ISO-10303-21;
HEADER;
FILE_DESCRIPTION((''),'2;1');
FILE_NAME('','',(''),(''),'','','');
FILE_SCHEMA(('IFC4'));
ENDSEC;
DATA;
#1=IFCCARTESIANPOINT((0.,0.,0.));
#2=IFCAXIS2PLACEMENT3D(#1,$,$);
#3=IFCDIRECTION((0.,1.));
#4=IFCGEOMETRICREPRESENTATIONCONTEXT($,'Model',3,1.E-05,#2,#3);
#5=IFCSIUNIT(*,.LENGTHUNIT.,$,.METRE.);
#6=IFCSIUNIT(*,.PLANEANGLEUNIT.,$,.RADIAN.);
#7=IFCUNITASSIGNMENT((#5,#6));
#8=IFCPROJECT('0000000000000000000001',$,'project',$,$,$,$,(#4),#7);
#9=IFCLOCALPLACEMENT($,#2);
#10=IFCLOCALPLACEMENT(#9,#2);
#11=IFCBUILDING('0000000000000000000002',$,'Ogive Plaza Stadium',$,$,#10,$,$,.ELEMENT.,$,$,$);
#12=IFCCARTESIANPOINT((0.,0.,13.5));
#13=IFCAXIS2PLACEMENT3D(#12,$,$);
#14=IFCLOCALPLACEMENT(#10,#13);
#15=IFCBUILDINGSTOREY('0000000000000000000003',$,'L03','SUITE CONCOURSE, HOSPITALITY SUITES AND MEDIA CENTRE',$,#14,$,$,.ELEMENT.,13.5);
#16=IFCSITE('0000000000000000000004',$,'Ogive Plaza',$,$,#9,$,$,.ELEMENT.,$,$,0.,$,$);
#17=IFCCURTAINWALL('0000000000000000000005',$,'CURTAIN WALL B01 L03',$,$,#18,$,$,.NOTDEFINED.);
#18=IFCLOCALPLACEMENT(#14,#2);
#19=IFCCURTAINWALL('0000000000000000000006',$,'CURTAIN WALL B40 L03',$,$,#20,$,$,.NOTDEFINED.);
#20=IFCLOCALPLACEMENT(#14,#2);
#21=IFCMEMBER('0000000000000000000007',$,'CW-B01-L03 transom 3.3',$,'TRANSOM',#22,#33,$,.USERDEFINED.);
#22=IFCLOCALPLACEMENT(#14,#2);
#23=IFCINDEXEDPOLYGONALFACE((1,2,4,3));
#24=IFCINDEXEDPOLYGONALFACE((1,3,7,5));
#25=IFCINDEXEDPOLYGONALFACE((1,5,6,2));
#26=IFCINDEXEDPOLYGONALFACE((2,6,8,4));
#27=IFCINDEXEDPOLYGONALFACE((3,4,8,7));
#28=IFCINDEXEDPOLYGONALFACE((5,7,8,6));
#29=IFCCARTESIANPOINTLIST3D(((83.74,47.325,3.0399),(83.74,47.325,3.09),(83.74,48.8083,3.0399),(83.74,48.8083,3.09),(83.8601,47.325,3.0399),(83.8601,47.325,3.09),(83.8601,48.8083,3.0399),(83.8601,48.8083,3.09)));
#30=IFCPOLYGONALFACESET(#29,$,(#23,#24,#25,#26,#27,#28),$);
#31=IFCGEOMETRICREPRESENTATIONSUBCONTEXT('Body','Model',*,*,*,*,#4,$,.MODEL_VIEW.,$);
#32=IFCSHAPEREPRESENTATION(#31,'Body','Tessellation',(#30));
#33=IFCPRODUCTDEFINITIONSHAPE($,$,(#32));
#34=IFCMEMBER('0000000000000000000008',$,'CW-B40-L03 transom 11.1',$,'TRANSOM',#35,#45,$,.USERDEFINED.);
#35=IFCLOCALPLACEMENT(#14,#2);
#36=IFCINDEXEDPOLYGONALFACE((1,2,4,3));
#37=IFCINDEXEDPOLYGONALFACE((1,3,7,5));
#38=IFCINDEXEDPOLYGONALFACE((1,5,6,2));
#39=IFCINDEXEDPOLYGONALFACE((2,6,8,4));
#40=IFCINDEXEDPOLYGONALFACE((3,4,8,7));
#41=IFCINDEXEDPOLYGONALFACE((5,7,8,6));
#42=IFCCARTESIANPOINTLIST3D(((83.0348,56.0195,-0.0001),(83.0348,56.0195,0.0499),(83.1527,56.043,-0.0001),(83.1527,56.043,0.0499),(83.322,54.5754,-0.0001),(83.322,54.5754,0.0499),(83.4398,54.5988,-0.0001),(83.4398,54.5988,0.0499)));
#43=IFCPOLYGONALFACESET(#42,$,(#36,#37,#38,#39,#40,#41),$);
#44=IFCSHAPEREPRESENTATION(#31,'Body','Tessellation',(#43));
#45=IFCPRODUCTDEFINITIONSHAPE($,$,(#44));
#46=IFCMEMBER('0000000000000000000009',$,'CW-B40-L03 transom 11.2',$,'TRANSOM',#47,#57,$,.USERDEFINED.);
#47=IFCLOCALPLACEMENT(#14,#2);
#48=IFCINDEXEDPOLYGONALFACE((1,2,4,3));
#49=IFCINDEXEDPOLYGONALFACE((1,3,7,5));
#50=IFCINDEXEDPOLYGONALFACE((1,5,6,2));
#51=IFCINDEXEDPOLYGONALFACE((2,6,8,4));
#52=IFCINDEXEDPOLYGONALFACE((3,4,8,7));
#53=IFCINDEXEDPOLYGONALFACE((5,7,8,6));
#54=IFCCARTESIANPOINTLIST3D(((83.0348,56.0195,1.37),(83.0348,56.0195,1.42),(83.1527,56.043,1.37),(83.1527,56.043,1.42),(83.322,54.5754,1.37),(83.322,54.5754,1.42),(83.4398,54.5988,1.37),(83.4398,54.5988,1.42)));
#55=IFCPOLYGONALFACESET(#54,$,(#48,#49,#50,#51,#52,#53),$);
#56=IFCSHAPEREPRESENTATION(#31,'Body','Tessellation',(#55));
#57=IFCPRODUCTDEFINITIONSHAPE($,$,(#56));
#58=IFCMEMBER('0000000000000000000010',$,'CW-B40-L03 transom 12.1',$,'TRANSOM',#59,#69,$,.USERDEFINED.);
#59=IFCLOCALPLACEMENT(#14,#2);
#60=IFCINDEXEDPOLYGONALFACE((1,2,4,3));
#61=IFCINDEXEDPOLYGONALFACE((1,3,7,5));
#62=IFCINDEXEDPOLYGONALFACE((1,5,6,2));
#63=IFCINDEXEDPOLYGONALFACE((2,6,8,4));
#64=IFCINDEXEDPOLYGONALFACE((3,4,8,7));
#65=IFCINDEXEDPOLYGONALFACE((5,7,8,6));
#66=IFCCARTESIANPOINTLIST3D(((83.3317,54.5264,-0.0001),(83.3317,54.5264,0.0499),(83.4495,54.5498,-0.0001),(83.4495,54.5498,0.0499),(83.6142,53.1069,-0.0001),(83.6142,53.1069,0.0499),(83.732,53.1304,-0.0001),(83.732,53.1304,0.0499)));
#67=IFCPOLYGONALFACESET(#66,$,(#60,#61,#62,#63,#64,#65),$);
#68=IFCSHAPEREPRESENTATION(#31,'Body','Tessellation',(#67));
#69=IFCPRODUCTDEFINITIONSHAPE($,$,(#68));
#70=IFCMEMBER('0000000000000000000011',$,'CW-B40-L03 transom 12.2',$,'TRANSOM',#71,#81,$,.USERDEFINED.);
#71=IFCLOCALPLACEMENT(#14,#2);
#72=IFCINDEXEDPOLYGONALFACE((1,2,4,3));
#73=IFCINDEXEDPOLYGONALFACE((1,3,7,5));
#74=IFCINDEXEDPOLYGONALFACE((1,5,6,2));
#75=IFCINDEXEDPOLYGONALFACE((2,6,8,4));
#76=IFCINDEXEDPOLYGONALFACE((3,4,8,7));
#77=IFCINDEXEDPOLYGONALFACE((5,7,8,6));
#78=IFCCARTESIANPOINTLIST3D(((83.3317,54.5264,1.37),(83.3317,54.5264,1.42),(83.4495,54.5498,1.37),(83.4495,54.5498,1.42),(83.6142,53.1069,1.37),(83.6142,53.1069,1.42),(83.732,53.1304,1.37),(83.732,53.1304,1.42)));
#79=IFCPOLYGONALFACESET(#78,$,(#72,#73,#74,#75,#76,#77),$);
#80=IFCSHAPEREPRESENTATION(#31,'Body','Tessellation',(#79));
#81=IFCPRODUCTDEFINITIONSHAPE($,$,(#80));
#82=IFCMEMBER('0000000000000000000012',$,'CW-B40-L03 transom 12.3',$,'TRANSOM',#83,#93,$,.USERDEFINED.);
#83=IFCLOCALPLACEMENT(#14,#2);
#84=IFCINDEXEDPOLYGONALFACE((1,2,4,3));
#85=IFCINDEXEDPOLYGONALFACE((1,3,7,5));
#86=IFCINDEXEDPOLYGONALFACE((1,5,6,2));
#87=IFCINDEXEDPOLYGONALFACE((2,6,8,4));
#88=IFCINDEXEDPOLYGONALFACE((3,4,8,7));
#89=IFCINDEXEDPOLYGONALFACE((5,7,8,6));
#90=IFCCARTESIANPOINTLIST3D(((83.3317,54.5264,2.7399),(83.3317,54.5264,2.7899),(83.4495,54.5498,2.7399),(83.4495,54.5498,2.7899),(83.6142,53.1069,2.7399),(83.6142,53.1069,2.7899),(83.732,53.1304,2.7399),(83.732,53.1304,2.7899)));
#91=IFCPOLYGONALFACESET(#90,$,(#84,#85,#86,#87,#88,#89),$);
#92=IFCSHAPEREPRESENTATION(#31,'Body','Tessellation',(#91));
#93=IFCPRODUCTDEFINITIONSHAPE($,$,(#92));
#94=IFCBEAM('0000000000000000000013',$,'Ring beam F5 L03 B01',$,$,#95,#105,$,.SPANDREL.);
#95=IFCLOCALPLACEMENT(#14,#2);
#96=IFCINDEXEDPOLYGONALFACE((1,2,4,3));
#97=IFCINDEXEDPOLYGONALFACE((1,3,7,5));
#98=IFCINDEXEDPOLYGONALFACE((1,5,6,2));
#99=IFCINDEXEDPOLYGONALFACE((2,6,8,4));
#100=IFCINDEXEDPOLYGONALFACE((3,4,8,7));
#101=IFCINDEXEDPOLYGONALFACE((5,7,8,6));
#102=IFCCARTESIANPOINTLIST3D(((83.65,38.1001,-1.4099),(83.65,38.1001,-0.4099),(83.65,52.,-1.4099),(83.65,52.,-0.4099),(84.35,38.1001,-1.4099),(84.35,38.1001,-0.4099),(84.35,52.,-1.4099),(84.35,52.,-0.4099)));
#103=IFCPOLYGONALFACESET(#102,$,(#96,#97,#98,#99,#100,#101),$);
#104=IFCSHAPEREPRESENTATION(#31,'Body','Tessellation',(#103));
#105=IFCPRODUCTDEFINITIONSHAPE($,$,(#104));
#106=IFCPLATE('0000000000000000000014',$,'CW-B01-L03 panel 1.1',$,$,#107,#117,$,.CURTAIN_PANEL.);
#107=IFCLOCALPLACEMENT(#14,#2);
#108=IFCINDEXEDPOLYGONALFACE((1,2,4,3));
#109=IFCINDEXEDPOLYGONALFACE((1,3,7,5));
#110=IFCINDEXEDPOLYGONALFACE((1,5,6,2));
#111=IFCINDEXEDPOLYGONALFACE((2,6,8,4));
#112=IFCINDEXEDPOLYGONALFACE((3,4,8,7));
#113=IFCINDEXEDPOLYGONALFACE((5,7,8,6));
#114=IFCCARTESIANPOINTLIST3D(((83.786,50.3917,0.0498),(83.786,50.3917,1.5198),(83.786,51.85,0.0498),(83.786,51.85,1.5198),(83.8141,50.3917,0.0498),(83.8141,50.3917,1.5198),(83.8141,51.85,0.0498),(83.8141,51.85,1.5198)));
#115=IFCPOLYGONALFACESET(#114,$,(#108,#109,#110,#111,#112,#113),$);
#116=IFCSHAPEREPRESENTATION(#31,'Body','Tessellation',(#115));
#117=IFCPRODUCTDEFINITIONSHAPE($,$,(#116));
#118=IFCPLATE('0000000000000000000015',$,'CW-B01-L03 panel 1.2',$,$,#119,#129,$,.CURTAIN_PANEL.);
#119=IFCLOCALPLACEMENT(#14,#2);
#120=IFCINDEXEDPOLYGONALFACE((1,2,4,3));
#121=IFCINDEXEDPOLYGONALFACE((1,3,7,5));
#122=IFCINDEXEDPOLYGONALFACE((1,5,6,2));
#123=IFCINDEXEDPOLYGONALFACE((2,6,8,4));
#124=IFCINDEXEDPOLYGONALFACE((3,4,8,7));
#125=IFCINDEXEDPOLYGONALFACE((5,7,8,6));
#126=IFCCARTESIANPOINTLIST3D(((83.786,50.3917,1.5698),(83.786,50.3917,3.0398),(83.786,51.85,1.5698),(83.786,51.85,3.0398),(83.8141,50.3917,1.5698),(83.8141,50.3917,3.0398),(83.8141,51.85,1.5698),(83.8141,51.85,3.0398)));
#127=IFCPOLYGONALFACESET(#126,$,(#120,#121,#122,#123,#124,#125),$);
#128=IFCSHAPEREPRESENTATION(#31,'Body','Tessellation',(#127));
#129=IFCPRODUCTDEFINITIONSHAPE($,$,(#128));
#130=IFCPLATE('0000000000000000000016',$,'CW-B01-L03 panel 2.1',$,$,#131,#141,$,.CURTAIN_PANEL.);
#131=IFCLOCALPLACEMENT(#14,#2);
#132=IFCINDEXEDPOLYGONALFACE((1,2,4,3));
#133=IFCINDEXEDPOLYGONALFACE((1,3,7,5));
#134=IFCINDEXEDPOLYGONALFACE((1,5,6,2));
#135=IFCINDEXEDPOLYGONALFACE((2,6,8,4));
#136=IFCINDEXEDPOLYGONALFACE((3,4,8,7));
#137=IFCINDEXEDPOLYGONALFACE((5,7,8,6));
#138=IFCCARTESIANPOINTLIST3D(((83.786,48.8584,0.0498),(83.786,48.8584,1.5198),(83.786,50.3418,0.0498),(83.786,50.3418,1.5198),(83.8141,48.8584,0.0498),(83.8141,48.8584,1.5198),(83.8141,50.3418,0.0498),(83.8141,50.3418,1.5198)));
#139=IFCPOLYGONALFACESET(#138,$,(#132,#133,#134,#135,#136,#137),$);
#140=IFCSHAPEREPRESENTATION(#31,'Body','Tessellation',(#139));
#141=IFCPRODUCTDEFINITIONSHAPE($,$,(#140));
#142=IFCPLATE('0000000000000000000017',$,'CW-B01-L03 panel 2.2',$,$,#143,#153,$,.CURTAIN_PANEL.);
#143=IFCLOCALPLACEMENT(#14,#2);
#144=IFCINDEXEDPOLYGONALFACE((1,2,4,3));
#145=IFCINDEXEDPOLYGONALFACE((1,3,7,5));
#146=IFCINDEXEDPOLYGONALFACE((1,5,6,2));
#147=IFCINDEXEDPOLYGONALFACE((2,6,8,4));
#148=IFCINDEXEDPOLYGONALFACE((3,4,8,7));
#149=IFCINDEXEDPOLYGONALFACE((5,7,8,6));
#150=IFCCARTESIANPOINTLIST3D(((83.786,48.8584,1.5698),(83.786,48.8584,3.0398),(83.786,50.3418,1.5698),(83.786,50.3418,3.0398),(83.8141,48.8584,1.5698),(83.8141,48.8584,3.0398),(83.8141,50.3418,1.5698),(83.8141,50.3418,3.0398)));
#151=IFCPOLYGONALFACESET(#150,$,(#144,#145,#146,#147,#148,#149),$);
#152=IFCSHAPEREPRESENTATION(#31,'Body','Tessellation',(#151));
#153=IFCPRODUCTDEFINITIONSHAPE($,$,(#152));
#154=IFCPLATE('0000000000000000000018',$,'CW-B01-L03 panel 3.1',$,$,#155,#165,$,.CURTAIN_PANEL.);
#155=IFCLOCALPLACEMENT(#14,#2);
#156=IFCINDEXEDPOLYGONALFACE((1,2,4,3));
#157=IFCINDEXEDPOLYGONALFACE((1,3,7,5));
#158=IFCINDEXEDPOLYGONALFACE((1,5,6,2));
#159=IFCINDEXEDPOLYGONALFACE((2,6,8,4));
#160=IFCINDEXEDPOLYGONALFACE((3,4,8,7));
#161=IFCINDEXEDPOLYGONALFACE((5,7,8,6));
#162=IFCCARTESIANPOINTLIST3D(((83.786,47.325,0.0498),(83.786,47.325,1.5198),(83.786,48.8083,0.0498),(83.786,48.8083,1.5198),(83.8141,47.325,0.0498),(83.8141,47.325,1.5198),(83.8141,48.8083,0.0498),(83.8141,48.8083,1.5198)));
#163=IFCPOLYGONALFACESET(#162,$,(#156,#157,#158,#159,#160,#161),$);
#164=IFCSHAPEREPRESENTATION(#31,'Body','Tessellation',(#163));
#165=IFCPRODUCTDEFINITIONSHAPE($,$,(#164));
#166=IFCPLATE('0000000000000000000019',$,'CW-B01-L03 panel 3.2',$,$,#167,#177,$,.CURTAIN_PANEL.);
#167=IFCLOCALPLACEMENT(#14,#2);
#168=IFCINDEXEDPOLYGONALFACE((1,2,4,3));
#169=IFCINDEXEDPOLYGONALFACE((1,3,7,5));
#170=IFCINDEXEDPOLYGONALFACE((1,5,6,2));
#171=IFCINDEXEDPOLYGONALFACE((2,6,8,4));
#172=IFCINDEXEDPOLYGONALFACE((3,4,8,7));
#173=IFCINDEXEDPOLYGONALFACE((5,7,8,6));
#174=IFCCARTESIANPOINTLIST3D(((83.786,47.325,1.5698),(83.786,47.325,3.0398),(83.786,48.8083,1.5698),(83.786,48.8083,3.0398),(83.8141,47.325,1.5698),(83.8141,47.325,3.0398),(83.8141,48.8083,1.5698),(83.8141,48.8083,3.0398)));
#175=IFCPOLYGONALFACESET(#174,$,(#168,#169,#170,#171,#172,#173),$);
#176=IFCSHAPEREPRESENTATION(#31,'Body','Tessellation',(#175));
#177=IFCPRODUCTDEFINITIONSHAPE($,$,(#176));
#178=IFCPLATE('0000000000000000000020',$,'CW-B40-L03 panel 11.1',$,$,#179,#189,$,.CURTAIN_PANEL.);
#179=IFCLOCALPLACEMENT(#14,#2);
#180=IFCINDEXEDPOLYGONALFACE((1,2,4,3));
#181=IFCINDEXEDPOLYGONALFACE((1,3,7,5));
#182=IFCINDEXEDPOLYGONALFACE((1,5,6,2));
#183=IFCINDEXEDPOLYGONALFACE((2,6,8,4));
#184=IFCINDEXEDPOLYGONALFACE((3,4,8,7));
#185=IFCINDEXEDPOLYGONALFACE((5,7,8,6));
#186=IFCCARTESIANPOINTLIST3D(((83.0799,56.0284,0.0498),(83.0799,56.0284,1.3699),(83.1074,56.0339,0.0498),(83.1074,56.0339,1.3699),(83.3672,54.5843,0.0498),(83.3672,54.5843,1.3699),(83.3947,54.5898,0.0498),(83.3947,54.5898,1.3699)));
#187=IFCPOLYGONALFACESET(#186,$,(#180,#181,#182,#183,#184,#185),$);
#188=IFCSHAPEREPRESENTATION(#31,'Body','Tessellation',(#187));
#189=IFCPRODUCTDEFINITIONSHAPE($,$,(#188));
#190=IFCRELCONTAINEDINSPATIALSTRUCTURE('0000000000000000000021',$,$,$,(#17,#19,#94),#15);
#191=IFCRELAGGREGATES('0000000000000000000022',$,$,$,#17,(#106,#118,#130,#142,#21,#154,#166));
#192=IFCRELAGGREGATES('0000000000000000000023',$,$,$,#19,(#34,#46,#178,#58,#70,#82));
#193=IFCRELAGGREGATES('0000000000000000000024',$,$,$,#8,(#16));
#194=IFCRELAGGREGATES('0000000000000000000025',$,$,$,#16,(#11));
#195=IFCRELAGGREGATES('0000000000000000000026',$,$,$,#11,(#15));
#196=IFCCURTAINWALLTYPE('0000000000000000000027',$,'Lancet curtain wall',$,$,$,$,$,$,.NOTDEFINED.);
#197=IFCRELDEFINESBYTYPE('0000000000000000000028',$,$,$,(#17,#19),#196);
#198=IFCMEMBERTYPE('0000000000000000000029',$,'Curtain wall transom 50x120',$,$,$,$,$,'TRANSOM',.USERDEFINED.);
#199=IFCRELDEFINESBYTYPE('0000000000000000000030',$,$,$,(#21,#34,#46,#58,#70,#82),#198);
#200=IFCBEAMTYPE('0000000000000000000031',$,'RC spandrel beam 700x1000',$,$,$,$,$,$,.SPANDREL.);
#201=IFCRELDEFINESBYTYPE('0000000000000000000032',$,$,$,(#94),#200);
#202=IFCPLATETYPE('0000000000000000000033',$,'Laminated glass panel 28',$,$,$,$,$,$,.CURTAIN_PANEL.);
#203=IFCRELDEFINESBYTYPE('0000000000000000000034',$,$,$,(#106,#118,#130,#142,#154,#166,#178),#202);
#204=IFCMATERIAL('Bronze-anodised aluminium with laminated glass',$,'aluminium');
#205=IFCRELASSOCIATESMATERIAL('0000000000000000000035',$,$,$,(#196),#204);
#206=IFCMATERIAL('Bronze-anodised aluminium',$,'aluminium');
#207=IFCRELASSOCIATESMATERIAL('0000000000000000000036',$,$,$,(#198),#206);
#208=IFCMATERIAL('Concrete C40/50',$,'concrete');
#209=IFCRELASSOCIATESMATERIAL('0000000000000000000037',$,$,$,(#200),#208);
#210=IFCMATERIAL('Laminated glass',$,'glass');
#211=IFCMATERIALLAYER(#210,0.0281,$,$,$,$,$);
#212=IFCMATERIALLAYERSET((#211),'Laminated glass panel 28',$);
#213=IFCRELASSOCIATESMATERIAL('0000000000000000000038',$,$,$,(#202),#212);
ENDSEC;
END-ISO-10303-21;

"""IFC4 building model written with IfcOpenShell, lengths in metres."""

from ifc_helpers import new_model, si_unit, direction, frame, origin, origin_2d, place, context, subcontext, project, spatial, rectangle, extrude, material, layer, layer_set, material_profile, profile_set, type_object, element, aggregate, save


model = new_model("IFC4")

# Units and contexts
model_context = context("Model", 3, precision=1e-05, world=origin(), true_north=direction((0.0, 1.0)))
body_context = subcontext(model_context, "Body", "Model", "MODEL_VIEW")
ifc_project = project(units=[si_unit("LENGTHUNIT", "METRE"), si_unit("PLANEANGLEUNIT", "RADIAN")], contexts=[model_context])

# Site, building, storey
site_placement = place(None, origin())
site = spatial("IfcSite", under=ifc_project, at=site_placement, Name="Ogive Plaza", CompositionType="ELEMENT", RefElevation=0.0)
building_placement = place(site_placement, origin())
building = spatial("IfcBuilding", under=site, at=building_placement, Name="Ogive Plaza Stadium", CompositionType="ELEMENT")
storey_placement = place(building_placement, frame((0.0, 0.0, 13.5)))
storey = spatial("IfcBuildingStorey", under=building, at=storey_placement, Name="L03", Description="SUITE CONCOURSE, HOSPITALITY SUITES AND MEDIA CENTRE", CompositionType="ELEMENT", Elevation=13.5)

# Curtain walls
ifc_material_1 = material(Name="Bronze-anodised aluminium with laminated glass", Category="aluminium")
curtain_wall_type = type_object("IfcCurtainWallType", Name="Lancet curtain wall", PredefinedType="NOTDEFINED", material=ifc_material_1)
curtain_wall_1_placement = place(storey_placement, origin())
curtain_wall_1 = element("IfcCurtainWall", 1, at=curtain_wall_1_placement, inside=storey, type_object=curtain_wall_type, Name="CURTAIN WALL B01 L03", PredefinedType="NOTDEFINED")
curtain_wall_2_placement = place(storey_placement, origin())
curtain_wall_2 = element("IfcCurtainWall", 2, at=curtain_wall_2_placement, inside=storey, type_object=curtain_wall_type, Name="CURTAIN WALL B40 L03", PredefinedType="NOTDEFINED")

# Members
ifc_material_2 = material(Name="Bronze-anodised aluminium", Category="aluminium")
ifc_material_profile_1 = material_profile(ifc_material_2, rectangle(XDim=0.1201, YDim=0.05, at=origin_2d()), Name="AL 120x50")
ifc_profile_set_1 = profile_set([ifc_material_profile_1], Name="Bronze-anodised aluminium")
member_type_1 = type_object("IfcMemberType", Name="Curtain wall transom 50x120", ElementType="TRANSOM", PredefinedType="USERDEFINED", material=ifc_profile_set_1)
member_1_placement = place(storey_placement, frame((83.8, 48.8083, 3.0649), z_axis=(0.0, -1.0, 0.0), x_axis=(1.0, 0.0, 0.0)))
member_1 = element("IfcMember", 3, at=member_1_placement, type_object=member_type_1, Name="CW-B01-L03 transom 3.3", ObjectType="TRANSOM", PredefinedType="USERDEFINED", context=body_context, shape_type="SweptSolid", body=[
    extrude(rectangle(XDim=0.1201, YDim=0.05, at=origin_2d()), origin(), (0.0, 0.0, 1.0), 1.4834),
])
member_2_placement = place(storey_placement, frame((83.0938, 56.0312, 0.0249), z_axis=(0.195, -0.980803, 0.0), x_axis=(0.980803, 0.195, 0.0)))
member_2 = element("IfcMember", 4, at=member_2_placement, type_object=member_type_1, Name="CW-B40-L03 transom 11.1", ObjectType="TRANSOM", PredefinedType="USERDEFINED", context=body_context, shape_type="SweptSolid", body=[
    extrude(rectangle(XDim=0.1201, YDim=0.05, at=origin_2d()), origin(), (0.0, 0.0, 1.0), 1.4724),
])
member_3_placement = place(storey_placement, frame((83.0938, 56.0312, 1.395), z_axis=(0.195, -0.980803, 0.0), x_axis=(0.980803, 0.195, 0.0)))
member_3 = element("IfcMember", 5, at=member_3_placement, type_object=member_type_1, Name="CW-B40-L03 transom 11.2", ObjectType="TRANSOM", PredefinedType="USERDEFINED", context=body_context, shape_type="SweptSolid", body=[
    extrude(rectangle(XDim=0.1201, YDim=0.05, at=origin_2d()), origin(), (0.0, 0.0, 1.0), 1.4724),
])
member_4_placement = place(storey_placement, frame((83.3906, 54.5381, 0.0249), z_axis=(0.195175, -0.980768, 0.0), x_axis=(0.980768, 0.195175, 0.0)))
member_4 = element("IfcMember", 6, at=member_4_placement, type_object=member_type_1, Name="CW-B40-L03 transom 12.1", ObjectType="TRANSOM", PredefinedType="USERDEFINED", context=body_context, shape_type="SweptSolid", body=[
    extrude(rectangle(XDim=0.1201, YDim=0.05, at=origin_2d()), origin(), (0.0, 0.0, 1.0), 1.4473),
])
member_5_placement = place(storey_placement, frame((83.3906, 54.5381, 1.395), z_axis=(0.195175, -0.980768, 0.0), x_axis=(0.980768, 0.195175, 0.0)))
member_5 = element("IfcMember", 7, at=member_5_placement, type_object=member_type_1, Name="CW-B40-L03 transom 12.2", ObjectType="TRANSOM", PredefinedType="USERDEFINED", context=body_context, shape_type="SweptSolid", body=[
    extrude(rectangle(XDim=0.1201, YDim=0.05, at=origin_2d()), origin(), (0.0, 0.0, 1.0), 1.4473),
])
member_6_placement = place(storey_placement, frame((83.3906, 54.5381, 2.7649), z_axis=(0.195175, -0.980768, 0.0), x_axis=(0.980768, 0.195175, 0.0)))
member_6 = element("IfcMember", 8, at=member_6_placement, type_object=member_type_1, Name="CW-B40-L03 transom 12.3", ObjectType="TRANSOM", PredefinedType="USERDEFINED", context=body_context, shape_type="SweptSolid", body=[
    extrude(rectangle(XDim=0.1201, YDim=0.05, at=origin_2d()), origin(), (0.0, 0.0, 1.0), 1.4473),
])

# Beam
ifc_material_3 = material(Name="Concrete C40/50", Category="concrete")
ifc_material_profile_2 = material_profile(ifc_material_3, rectangle(XDim=0.7, YDim=1.0, at=origin_2d()), Name="RC 700x1000")
ifc_profile_set_2 = profile_set([ifc_material_profile_2], Name="Concrete C40/50")
beam_type = type_object("IfcBeamType", Name="RC spandrel beam 700x1000", PredefinedType="SPANDREL", material=ifc_profile_set_2)
beam_placement = place(storey_placement, frame((84.0, 52.0, -0.9099), z_axis=(0.0, -1.0, 0.0), x_axis=(1.0, 0.0, 0.0)))
element("IfcBeam", 9, at=beam_placement, inside=storey, type_object=beam_type, Name="Ring beam F5 L03 B01", PredefinedType="SPANDREL", context=body_context, shape_type="SweptSolid", body=[
    extrude(rectangle(XDim=0.7, YDim=1.0, at=origin_2d()), origin(), (0.0, 0.0, 1.0), 13.8999),
])

# Plates
ifc_material_4 = material(Name="Laminated glass", Category="glass")
ifc_layer = layer(ifc_material_4, 0.0281)
ifc_layer_set = layer_set([ifc_layer], Name="Laminated glass panel 28")
plate_type = type_object("IfcPlateType", Name="Laminated glass panel 28", PredefinedType="CURTAIN_PANEL", material=ifc_layer_set)
plate_1_placement = place(storey_placement, frame((83.8, 51.1208, 0.0498), z_axis=(0.0, 0.0, 1.0), x_axis=(0.0, -1.0, 0.0)))
plate_1 = element("IfcPlate", 10, at=plate_1_placement, type_object=plate_type, Name="CW-B01-L03 panel 1.1", PredefinedType="CURTAIN_PANEL", context=body_context, shape_type="SweptSolid", body=[
    extrude(rectangle(XDim=1.4583, YDim=0.0281, at=origin_2d()), origin(), (0.0, 0.0, 1.0), 1.47),
])
plate_2_placement = place(storey_placement, frame((83.8, 51.1208, 1.5698), z_axis=(0.0, 0.0, 1.0), x_axis=(0.0, -1.0, 0.0)))
plate_2 = element("IfcPlate", 11, at=plate_2_placement, type_object=plate_type, Name="CW-B01-L03 panel 1.2", PredefinedType="CURTAIN_PANEL", context=body_context, shape_type="SweptSolid", body=[
    extrude(rectangle(XDim=1.4583, YDim=0.0281, at=origin_2d()), origin(), (0.0, 0.0, 1.0), 1.47),
])
plate_3_placement = place(storey_placement, frame((83.8, 49.6001, 0.0498), z_axis=(0.0, 0.0, 1.0), x_axis=(0.0, -1.0, 0.0)))
plate_3 = element("IfcPlate", 12, at=plate_3_placement, type_object=plate_type, Name="CW-B01-L03 panel 2.1", PredefinedType="CURTAIN_PANEL", context=body_context, shape_type="SweptSolid", body=[
    extrude(rectangle(XDim=1.4834, YDim=0.0281, at=origin_2d()), origin(), (0.0, 0.0, 1.0), 1.47),
])
plate_4_placement = place(storey_placement, frame((83.8, 49.6001, 1.5698), z_axis=(0.0, 0.0, 1.0), x_axis=(0.0, -1.0, 0.0)))
plate_4 = element("IfcPlate", 13, at=plate_4_placement, type_object=plate_type, Name="CW-B01-L03 panel 2.2", PredefinedType="CURTAIN_PANEL", context=body_context, shape_type="SweptSolid", body=[
    extrude(rectangle(XDim=1.4834, YDim=0.0281, at=origin_2d()), origin(), (0.0, 0.0, 1.0), 1.47),
])
plate_5_placement = place(storey_placement, frame((83.8, 48.0667, 0.0498), z_axis=(0.0, 0.0, 1.0), x_axis=(0.0, -1.0, 0.0)))
plate_5 = element("IfcPlate", 14, at=plate_5_placement, type_object=plate_type, Name="CW-B01-L03 panel 3.1", PredefinedType="CURTAIN_PANEL", context=body_context, shape_type="SweptSolid", body=[
    extrude(rectangle(XDim=1.4834, YDim=0.0281, at=origin_2d()), origin(), (0.0, 0.0, 1.0), 1.47),
])
plate_6_placement = place(storey_placement, frame((83.8, 48.0667, 1.5698), z_axis=(0.0, 0.0, 1.0), x_axis=(0.0, -1.0, 0.0)))
plate_6 = element("IfcPlate", 15, at=plate_6_placement, type_object=plate_type, Name="CW-B01-L03 panel 3.2", PredefinedType="CURTAIN_PANEL", context=body_context, shape_type="SweptSolid", body=[
    extrude(rectangle(XDim=1.4834, YDim=0.0281, at=origin_2d()), origin(), (0.0, 0.0, 1.0), 1.47),
])
aggregate(curtain_wall_1, [plate_1, plate_2, plate_3, plate_4, member_1, plate_5, plate_6])
plate_7_placement = place(storey_placement, frame((83.2373, 55.3091, 0.0498), z_axis=(0.0, 0.0, 1.0), x_axis=(0.19509, -0.980785, 0.0)))
plate_7 = element("IfcPlate", 16, at=plate_7_placement, type_object=plate_type, Name="CW-B40-L03 panel 11.1", PredefinedType="CURTAIN_PANEL", context=body_context, shape_type="SweptSolid", body=[
    extrude(rectangle(XDim=1.4724, YDim=0.0281, at=origin_2d()), origin(), (0.0, 0.0, 1.0), 1.3201),
])
aggregate(curtain_wall_2, [member_2, member_3, plate_7, member_4, member_5, member_6])

save(model, "model.ifc")
